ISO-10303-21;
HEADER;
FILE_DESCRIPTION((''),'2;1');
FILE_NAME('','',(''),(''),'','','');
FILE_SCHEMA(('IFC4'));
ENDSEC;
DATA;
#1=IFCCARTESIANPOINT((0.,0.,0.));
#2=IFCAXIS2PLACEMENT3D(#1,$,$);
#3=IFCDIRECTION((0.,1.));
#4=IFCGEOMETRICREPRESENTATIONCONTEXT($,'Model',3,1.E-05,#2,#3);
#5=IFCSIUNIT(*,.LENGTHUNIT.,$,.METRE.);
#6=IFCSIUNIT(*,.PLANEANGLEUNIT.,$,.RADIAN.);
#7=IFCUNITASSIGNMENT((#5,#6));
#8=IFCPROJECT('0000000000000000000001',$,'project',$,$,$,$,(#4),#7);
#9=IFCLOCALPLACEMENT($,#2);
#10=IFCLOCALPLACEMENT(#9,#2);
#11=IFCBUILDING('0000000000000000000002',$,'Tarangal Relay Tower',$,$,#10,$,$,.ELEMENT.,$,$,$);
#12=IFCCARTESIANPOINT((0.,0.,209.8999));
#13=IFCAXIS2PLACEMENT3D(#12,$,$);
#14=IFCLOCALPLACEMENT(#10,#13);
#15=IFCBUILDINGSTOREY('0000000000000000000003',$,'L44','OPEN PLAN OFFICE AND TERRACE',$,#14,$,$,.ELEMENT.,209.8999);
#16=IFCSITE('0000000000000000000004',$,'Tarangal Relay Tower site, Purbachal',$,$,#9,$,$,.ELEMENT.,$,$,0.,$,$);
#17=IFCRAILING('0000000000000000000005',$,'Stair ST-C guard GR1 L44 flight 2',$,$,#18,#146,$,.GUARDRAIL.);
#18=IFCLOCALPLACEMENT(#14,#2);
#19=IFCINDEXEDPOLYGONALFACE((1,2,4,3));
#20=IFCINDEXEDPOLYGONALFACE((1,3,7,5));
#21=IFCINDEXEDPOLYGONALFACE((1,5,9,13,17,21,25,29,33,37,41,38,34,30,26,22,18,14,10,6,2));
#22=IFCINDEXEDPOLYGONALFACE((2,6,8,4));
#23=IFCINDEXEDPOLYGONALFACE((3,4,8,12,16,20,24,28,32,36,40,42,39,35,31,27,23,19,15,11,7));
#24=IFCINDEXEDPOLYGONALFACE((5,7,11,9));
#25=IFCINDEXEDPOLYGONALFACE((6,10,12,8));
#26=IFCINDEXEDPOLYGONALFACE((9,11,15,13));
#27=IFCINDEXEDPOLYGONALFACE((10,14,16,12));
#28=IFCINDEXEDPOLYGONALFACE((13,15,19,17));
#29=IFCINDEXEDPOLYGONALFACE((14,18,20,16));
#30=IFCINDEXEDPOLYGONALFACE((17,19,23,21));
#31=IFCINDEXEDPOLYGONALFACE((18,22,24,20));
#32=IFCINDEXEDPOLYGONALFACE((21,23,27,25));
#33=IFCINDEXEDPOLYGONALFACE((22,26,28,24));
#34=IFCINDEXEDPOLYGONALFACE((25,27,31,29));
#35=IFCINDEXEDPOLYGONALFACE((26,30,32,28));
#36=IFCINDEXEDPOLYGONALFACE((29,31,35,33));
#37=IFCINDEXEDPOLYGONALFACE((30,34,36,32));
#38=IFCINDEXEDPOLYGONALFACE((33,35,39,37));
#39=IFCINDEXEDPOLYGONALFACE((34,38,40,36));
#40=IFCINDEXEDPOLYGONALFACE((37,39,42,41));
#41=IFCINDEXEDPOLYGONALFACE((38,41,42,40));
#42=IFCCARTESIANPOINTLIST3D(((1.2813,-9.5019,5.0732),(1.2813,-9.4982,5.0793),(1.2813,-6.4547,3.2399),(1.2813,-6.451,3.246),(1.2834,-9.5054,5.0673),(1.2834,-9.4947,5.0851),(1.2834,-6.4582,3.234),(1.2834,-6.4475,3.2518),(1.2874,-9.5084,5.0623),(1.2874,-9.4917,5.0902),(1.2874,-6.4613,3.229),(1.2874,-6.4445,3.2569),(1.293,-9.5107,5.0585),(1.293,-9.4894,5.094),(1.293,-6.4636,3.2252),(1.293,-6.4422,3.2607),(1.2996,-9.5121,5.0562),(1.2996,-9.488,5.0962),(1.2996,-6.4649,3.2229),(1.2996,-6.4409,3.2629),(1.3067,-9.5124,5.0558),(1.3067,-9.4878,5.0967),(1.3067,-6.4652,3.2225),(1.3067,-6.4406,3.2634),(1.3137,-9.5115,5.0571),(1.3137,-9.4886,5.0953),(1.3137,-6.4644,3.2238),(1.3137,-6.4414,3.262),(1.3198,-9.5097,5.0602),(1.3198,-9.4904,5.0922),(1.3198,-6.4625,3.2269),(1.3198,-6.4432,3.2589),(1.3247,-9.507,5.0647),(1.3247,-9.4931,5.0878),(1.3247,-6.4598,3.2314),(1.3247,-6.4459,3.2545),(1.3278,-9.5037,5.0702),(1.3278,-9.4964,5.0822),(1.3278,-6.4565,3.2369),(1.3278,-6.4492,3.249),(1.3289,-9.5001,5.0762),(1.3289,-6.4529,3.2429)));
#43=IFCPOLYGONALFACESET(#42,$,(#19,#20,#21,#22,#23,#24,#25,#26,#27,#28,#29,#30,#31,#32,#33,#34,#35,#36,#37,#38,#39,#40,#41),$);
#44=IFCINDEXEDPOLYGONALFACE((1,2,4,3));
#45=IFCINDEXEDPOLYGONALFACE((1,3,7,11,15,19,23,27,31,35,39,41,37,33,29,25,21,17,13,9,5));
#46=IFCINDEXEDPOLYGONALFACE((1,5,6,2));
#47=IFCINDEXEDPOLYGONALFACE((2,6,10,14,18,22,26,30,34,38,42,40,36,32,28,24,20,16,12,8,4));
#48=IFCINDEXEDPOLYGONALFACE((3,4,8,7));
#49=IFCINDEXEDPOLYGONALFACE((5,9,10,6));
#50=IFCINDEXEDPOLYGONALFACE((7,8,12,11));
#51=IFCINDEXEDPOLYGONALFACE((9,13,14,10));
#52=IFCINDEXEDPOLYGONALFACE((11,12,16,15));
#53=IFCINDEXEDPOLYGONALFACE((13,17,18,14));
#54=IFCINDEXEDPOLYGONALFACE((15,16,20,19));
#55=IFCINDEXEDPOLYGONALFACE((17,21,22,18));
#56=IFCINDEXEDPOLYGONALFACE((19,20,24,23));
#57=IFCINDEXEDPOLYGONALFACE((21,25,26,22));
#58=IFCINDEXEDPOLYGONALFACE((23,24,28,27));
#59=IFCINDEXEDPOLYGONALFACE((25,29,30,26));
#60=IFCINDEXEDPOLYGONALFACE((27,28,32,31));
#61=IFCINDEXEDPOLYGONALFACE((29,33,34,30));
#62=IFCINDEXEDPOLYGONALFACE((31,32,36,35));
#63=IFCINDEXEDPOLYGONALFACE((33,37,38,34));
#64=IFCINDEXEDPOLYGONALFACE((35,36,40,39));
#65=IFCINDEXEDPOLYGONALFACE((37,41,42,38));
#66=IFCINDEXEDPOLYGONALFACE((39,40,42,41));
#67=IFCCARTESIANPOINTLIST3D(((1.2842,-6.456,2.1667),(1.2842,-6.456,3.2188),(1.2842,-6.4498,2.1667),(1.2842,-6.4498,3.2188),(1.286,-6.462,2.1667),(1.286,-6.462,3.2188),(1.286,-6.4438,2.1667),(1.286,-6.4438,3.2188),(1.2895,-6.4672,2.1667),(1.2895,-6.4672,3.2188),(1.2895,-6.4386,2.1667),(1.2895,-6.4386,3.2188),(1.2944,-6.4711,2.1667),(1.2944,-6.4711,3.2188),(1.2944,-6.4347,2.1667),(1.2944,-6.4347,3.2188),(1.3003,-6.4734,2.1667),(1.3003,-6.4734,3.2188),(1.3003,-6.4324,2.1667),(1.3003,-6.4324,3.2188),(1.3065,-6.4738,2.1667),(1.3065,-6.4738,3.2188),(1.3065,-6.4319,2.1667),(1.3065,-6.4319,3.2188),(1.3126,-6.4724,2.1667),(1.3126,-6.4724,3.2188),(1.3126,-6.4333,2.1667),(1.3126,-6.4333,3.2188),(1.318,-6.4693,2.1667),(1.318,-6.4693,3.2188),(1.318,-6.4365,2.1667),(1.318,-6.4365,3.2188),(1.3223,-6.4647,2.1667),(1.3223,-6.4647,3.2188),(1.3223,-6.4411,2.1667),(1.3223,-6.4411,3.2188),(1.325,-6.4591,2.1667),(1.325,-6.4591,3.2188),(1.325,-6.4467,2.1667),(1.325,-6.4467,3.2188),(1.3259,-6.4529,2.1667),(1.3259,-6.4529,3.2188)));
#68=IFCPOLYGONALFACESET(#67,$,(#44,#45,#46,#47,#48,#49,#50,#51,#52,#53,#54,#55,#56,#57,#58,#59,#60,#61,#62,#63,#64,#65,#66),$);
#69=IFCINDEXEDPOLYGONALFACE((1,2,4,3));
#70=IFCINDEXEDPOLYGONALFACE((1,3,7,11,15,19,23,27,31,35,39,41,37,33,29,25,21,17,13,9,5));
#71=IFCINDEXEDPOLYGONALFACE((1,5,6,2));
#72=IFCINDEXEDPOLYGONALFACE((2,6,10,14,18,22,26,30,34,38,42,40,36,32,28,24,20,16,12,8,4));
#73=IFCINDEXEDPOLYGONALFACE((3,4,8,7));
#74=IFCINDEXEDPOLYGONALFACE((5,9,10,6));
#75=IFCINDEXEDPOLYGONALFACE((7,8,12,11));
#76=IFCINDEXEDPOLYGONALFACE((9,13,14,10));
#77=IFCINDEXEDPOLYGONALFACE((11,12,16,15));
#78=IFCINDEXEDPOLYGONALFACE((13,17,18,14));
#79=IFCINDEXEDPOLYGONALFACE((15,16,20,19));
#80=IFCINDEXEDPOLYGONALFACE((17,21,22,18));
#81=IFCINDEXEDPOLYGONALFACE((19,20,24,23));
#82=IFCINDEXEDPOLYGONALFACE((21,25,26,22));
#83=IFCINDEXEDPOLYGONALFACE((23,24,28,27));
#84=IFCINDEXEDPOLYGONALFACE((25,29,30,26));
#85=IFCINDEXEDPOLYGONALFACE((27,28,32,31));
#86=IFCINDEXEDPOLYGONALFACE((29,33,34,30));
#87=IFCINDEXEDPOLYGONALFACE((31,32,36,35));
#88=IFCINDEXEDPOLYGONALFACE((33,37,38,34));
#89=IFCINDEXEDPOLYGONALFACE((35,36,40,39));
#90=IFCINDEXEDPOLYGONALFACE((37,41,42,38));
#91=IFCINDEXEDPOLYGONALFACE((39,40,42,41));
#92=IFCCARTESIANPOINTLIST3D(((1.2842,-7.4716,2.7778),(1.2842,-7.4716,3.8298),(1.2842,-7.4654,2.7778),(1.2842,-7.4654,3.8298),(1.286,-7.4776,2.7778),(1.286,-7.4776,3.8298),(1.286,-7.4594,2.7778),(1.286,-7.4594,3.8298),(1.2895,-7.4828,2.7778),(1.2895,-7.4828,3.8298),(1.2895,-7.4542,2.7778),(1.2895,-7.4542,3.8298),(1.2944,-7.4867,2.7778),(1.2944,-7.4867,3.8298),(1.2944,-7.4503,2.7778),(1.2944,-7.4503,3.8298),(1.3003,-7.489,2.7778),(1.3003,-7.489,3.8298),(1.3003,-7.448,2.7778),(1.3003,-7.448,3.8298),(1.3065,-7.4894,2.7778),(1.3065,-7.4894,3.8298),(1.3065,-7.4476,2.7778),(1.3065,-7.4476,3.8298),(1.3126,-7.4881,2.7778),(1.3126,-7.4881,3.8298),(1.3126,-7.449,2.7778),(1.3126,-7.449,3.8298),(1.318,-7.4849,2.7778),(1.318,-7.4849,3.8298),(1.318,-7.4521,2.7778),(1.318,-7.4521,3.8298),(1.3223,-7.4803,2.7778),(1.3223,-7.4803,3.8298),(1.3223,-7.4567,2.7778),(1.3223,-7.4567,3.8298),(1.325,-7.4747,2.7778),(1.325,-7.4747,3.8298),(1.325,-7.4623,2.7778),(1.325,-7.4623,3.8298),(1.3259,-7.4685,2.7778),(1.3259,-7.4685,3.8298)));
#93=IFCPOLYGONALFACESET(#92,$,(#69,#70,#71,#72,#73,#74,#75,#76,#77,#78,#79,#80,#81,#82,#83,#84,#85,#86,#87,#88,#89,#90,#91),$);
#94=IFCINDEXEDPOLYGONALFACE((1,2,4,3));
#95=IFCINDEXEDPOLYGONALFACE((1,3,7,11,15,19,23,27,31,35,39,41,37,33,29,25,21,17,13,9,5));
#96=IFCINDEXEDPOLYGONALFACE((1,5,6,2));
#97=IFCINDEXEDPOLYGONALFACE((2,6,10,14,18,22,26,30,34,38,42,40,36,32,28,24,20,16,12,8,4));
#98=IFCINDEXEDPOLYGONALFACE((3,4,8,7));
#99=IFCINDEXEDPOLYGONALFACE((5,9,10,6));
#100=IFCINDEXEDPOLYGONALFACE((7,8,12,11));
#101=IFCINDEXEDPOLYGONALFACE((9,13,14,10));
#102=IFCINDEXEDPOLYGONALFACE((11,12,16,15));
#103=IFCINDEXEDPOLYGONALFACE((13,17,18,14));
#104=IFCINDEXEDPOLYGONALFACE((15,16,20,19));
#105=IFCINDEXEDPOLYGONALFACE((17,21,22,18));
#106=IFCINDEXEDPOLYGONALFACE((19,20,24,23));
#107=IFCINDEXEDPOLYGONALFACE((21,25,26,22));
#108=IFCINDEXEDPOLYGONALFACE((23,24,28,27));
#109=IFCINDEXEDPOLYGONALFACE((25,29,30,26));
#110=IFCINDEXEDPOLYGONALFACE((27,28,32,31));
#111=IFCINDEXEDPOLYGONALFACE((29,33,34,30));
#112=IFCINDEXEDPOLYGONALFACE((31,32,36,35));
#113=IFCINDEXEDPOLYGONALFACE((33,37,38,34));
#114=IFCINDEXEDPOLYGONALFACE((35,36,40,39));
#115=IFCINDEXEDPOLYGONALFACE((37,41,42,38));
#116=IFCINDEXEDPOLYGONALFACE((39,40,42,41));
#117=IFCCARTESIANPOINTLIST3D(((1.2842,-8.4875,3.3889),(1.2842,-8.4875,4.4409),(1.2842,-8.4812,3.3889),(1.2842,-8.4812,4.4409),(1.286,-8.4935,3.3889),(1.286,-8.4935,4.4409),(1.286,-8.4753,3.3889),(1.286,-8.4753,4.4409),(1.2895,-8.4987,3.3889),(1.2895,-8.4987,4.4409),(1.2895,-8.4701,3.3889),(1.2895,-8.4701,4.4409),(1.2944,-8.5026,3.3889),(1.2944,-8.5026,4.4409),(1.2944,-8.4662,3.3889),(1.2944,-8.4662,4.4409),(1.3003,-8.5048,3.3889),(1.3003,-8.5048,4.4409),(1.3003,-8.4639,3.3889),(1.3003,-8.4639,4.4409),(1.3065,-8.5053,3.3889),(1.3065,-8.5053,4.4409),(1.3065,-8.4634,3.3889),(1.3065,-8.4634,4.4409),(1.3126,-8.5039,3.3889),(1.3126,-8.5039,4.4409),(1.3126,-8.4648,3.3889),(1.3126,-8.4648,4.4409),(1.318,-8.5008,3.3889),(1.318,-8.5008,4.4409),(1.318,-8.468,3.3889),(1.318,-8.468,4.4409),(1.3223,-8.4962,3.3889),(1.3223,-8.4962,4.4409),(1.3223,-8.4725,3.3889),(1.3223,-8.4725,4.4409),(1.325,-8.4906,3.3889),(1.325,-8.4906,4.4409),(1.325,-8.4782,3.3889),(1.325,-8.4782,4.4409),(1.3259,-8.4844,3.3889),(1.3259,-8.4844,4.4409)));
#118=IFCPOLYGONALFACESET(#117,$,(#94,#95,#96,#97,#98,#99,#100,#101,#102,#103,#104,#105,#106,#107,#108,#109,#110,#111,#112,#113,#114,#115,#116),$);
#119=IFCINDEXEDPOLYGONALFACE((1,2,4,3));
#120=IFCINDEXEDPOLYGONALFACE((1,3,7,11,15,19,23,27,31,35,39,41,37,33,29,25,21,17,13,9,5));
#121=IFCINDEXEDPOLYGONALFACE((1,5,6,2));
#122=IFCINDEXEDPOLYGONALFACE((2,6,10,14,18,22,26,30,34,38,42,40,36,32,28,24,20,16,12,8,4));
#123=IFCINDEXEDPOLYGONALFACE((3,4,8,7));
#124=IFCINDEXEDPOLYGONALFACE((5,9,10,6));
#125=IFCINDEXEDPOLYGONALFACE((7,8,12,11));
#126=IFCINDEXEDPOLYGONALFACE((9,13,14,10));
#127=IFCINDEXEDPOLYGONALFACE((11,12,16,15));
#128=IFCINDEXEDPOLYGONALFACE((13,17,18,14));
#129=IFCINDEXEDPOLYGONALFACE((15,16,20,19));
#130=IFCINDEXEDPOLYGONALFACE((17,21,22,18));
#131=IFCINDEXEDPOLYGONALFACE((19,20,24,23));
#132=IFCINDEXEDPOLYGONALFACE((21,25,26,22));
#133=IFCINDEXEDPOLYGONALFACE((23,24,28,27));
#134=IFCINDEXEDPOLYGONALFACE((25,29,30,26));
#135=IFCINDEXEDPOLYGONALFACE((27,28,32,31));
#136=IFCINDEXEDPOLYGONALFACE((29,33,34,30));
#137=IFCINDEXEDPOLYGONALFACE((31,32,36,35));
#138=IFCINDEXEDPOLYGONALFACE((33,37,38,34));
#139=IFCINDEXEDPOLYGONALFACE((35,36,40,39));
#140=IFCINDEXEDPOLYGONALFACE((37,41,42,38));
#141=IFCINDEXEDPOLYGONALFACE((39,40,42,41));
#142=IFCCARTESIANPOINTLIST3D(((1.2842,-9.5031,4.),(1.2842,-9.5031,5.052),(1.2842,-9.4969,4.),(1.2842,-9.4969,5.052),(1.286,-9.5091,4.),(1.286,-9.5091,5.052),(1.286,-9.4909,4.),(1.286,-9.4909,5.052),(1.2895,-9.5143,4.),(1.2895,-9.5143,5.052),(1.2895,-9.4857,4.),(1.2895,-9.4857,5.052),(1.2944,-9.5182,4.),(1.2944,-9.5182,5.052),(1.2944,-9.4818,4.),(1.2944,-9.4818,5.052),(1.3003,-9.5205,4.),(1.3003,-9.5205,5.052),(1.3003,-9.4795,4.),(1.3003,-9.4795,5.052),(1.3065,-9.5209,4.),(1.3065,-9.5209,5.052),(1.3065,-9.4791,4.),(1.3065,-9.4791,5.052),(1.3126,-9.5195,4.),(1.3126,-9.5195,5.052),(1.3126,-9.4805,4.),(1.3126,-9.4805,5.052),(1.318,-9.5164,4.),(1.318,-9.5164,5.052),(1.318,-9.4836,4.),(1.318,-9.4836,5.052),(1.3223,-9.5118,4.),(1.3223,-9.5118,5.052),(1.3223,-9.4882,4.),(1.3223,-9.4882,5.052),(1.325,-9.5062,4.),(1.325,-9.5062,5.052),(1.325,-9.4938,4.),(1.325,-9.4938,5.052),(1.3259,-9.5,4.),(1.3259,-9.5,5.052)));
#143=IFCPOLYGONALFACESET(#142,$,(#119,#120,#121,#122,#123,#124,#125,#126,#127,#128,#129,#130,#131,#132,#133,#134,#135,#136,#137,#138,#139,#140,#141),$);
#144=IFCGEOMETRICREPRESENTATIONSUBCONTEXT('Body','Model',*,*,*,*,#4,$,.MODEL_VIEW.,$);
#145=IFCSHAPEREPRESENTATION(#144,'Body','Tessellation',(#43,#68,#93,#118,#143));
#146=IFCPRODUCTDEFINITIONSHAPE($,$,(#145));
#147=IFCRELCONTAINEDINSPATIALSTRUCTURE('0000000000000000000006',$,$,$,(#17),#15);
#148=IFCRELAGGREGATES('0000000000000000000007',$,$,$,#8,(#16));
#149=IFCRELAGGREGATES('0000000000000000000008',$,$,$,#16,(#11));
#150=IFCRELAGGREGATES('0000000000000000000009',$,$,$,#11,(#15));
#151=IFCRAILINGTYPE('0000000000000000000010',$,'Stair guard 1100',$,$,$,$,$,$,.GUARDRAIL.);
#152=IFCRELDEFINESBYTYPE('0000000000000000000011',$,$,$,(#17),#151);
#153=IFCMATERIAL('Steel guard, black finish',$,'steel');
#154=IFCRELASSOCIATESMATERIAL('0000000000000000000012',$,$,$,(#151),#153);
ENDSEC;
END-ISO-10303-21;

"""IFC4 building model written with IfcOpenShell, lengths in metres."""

from ifc_helpers import new_model, si_unit, direction, frame, origin, origin_2d, place, context, subcontext, project, spatial, circle, extrude, material, type_object, element, save


model = new_model("IFC4")

# Units and contexts
model_context = context("Model", 3, precision=1e-05, world=origin(), true_north=direction((0.0, 1.0)))
body_context = subcontext(model_context, "Body", "Model", "MODEL_VIEW")
ifc_project = project(units=[si_unit("LENGTHUNIT", "METRE"), si_unit("PLANEANGLEUNIT", "RADIAN")], contexts=[model_context])

# Site, building, storey
site_placement = place(None, origin())
site = spatial("IfcSite", under=ifc_project, at=site_placement, Name="Tarangal Relay Tower site, Purbachal", CompositionType="ELEMENT", RefElevation=0.0)
building_placement = place(site_placement, origin())
building = spatial("IfcBuilding", under=site, at=building_placement, Name="Tarangal Relay Tower", CompositionType="ELEMENT")
storey_placement = place(building_placement, frame((0.0, 0.0, 209.8999)))
storey = spatial("IfcBuildingStorey", under=building, at=storey_placement, Name="L44", Description="OPEN PLAN OFFICE AND TERRACE", CompositionType="ELEMENT", Elevation=209.8999)

# Railing
ifc_material_1 = material(Name="Steel guard, black finish", Category="steel")
railing_type_1 = type_object("IfcRailingType", Name="Stair guard 1100", PredefinedType="GUARDRAIL", material=ifc_material_1)
railing_1_placement = place(storey_placement, frame((1.3049, -6.4529, 2.1667)))
element("IfcRailing", 1, at=railing_1_placement, inside=storey, type_object=railing_type_1, Name="Stair ST-C guard GR1 L44 flight 2", PredefinedType="GUARDRAIL", context=body_context, shape_type="SweptSolid", body=[
    extrude(circle(Radius=0.0239, at=origin_2d()), frame((0.0, 0.0, 1.0762), z_axis=(0.0, -0.856874, 0.515525), x_axis=(1.0, 0.0, 0.0)), (0.0, 0.0, 1.0), 3.5562),
    extrude(circle(Radius=0.021, at=origin_2d()), origin(), (0.0, 0.0, 1.0), 1.052),
    extrude(circle(Radius=0.021, at=origin_2d()), frame((0.0, -1.0156, 0.6111)), (0.0, 0.0, 1.0), 1.052),
    extrude(circle(Radius=0.021, at=origin_2d()), frame((0.0, -2.0315, 1.2222)), (0.0, 0.0, 1.0), 1.052),
    extrude(circle(Radius=0.021, at=origin_2d()), frame((0.0, -3.0471, 1.8333)), (0.0, 0.0, 1.0), 1.052),
])

save(model, "model.ifc")
